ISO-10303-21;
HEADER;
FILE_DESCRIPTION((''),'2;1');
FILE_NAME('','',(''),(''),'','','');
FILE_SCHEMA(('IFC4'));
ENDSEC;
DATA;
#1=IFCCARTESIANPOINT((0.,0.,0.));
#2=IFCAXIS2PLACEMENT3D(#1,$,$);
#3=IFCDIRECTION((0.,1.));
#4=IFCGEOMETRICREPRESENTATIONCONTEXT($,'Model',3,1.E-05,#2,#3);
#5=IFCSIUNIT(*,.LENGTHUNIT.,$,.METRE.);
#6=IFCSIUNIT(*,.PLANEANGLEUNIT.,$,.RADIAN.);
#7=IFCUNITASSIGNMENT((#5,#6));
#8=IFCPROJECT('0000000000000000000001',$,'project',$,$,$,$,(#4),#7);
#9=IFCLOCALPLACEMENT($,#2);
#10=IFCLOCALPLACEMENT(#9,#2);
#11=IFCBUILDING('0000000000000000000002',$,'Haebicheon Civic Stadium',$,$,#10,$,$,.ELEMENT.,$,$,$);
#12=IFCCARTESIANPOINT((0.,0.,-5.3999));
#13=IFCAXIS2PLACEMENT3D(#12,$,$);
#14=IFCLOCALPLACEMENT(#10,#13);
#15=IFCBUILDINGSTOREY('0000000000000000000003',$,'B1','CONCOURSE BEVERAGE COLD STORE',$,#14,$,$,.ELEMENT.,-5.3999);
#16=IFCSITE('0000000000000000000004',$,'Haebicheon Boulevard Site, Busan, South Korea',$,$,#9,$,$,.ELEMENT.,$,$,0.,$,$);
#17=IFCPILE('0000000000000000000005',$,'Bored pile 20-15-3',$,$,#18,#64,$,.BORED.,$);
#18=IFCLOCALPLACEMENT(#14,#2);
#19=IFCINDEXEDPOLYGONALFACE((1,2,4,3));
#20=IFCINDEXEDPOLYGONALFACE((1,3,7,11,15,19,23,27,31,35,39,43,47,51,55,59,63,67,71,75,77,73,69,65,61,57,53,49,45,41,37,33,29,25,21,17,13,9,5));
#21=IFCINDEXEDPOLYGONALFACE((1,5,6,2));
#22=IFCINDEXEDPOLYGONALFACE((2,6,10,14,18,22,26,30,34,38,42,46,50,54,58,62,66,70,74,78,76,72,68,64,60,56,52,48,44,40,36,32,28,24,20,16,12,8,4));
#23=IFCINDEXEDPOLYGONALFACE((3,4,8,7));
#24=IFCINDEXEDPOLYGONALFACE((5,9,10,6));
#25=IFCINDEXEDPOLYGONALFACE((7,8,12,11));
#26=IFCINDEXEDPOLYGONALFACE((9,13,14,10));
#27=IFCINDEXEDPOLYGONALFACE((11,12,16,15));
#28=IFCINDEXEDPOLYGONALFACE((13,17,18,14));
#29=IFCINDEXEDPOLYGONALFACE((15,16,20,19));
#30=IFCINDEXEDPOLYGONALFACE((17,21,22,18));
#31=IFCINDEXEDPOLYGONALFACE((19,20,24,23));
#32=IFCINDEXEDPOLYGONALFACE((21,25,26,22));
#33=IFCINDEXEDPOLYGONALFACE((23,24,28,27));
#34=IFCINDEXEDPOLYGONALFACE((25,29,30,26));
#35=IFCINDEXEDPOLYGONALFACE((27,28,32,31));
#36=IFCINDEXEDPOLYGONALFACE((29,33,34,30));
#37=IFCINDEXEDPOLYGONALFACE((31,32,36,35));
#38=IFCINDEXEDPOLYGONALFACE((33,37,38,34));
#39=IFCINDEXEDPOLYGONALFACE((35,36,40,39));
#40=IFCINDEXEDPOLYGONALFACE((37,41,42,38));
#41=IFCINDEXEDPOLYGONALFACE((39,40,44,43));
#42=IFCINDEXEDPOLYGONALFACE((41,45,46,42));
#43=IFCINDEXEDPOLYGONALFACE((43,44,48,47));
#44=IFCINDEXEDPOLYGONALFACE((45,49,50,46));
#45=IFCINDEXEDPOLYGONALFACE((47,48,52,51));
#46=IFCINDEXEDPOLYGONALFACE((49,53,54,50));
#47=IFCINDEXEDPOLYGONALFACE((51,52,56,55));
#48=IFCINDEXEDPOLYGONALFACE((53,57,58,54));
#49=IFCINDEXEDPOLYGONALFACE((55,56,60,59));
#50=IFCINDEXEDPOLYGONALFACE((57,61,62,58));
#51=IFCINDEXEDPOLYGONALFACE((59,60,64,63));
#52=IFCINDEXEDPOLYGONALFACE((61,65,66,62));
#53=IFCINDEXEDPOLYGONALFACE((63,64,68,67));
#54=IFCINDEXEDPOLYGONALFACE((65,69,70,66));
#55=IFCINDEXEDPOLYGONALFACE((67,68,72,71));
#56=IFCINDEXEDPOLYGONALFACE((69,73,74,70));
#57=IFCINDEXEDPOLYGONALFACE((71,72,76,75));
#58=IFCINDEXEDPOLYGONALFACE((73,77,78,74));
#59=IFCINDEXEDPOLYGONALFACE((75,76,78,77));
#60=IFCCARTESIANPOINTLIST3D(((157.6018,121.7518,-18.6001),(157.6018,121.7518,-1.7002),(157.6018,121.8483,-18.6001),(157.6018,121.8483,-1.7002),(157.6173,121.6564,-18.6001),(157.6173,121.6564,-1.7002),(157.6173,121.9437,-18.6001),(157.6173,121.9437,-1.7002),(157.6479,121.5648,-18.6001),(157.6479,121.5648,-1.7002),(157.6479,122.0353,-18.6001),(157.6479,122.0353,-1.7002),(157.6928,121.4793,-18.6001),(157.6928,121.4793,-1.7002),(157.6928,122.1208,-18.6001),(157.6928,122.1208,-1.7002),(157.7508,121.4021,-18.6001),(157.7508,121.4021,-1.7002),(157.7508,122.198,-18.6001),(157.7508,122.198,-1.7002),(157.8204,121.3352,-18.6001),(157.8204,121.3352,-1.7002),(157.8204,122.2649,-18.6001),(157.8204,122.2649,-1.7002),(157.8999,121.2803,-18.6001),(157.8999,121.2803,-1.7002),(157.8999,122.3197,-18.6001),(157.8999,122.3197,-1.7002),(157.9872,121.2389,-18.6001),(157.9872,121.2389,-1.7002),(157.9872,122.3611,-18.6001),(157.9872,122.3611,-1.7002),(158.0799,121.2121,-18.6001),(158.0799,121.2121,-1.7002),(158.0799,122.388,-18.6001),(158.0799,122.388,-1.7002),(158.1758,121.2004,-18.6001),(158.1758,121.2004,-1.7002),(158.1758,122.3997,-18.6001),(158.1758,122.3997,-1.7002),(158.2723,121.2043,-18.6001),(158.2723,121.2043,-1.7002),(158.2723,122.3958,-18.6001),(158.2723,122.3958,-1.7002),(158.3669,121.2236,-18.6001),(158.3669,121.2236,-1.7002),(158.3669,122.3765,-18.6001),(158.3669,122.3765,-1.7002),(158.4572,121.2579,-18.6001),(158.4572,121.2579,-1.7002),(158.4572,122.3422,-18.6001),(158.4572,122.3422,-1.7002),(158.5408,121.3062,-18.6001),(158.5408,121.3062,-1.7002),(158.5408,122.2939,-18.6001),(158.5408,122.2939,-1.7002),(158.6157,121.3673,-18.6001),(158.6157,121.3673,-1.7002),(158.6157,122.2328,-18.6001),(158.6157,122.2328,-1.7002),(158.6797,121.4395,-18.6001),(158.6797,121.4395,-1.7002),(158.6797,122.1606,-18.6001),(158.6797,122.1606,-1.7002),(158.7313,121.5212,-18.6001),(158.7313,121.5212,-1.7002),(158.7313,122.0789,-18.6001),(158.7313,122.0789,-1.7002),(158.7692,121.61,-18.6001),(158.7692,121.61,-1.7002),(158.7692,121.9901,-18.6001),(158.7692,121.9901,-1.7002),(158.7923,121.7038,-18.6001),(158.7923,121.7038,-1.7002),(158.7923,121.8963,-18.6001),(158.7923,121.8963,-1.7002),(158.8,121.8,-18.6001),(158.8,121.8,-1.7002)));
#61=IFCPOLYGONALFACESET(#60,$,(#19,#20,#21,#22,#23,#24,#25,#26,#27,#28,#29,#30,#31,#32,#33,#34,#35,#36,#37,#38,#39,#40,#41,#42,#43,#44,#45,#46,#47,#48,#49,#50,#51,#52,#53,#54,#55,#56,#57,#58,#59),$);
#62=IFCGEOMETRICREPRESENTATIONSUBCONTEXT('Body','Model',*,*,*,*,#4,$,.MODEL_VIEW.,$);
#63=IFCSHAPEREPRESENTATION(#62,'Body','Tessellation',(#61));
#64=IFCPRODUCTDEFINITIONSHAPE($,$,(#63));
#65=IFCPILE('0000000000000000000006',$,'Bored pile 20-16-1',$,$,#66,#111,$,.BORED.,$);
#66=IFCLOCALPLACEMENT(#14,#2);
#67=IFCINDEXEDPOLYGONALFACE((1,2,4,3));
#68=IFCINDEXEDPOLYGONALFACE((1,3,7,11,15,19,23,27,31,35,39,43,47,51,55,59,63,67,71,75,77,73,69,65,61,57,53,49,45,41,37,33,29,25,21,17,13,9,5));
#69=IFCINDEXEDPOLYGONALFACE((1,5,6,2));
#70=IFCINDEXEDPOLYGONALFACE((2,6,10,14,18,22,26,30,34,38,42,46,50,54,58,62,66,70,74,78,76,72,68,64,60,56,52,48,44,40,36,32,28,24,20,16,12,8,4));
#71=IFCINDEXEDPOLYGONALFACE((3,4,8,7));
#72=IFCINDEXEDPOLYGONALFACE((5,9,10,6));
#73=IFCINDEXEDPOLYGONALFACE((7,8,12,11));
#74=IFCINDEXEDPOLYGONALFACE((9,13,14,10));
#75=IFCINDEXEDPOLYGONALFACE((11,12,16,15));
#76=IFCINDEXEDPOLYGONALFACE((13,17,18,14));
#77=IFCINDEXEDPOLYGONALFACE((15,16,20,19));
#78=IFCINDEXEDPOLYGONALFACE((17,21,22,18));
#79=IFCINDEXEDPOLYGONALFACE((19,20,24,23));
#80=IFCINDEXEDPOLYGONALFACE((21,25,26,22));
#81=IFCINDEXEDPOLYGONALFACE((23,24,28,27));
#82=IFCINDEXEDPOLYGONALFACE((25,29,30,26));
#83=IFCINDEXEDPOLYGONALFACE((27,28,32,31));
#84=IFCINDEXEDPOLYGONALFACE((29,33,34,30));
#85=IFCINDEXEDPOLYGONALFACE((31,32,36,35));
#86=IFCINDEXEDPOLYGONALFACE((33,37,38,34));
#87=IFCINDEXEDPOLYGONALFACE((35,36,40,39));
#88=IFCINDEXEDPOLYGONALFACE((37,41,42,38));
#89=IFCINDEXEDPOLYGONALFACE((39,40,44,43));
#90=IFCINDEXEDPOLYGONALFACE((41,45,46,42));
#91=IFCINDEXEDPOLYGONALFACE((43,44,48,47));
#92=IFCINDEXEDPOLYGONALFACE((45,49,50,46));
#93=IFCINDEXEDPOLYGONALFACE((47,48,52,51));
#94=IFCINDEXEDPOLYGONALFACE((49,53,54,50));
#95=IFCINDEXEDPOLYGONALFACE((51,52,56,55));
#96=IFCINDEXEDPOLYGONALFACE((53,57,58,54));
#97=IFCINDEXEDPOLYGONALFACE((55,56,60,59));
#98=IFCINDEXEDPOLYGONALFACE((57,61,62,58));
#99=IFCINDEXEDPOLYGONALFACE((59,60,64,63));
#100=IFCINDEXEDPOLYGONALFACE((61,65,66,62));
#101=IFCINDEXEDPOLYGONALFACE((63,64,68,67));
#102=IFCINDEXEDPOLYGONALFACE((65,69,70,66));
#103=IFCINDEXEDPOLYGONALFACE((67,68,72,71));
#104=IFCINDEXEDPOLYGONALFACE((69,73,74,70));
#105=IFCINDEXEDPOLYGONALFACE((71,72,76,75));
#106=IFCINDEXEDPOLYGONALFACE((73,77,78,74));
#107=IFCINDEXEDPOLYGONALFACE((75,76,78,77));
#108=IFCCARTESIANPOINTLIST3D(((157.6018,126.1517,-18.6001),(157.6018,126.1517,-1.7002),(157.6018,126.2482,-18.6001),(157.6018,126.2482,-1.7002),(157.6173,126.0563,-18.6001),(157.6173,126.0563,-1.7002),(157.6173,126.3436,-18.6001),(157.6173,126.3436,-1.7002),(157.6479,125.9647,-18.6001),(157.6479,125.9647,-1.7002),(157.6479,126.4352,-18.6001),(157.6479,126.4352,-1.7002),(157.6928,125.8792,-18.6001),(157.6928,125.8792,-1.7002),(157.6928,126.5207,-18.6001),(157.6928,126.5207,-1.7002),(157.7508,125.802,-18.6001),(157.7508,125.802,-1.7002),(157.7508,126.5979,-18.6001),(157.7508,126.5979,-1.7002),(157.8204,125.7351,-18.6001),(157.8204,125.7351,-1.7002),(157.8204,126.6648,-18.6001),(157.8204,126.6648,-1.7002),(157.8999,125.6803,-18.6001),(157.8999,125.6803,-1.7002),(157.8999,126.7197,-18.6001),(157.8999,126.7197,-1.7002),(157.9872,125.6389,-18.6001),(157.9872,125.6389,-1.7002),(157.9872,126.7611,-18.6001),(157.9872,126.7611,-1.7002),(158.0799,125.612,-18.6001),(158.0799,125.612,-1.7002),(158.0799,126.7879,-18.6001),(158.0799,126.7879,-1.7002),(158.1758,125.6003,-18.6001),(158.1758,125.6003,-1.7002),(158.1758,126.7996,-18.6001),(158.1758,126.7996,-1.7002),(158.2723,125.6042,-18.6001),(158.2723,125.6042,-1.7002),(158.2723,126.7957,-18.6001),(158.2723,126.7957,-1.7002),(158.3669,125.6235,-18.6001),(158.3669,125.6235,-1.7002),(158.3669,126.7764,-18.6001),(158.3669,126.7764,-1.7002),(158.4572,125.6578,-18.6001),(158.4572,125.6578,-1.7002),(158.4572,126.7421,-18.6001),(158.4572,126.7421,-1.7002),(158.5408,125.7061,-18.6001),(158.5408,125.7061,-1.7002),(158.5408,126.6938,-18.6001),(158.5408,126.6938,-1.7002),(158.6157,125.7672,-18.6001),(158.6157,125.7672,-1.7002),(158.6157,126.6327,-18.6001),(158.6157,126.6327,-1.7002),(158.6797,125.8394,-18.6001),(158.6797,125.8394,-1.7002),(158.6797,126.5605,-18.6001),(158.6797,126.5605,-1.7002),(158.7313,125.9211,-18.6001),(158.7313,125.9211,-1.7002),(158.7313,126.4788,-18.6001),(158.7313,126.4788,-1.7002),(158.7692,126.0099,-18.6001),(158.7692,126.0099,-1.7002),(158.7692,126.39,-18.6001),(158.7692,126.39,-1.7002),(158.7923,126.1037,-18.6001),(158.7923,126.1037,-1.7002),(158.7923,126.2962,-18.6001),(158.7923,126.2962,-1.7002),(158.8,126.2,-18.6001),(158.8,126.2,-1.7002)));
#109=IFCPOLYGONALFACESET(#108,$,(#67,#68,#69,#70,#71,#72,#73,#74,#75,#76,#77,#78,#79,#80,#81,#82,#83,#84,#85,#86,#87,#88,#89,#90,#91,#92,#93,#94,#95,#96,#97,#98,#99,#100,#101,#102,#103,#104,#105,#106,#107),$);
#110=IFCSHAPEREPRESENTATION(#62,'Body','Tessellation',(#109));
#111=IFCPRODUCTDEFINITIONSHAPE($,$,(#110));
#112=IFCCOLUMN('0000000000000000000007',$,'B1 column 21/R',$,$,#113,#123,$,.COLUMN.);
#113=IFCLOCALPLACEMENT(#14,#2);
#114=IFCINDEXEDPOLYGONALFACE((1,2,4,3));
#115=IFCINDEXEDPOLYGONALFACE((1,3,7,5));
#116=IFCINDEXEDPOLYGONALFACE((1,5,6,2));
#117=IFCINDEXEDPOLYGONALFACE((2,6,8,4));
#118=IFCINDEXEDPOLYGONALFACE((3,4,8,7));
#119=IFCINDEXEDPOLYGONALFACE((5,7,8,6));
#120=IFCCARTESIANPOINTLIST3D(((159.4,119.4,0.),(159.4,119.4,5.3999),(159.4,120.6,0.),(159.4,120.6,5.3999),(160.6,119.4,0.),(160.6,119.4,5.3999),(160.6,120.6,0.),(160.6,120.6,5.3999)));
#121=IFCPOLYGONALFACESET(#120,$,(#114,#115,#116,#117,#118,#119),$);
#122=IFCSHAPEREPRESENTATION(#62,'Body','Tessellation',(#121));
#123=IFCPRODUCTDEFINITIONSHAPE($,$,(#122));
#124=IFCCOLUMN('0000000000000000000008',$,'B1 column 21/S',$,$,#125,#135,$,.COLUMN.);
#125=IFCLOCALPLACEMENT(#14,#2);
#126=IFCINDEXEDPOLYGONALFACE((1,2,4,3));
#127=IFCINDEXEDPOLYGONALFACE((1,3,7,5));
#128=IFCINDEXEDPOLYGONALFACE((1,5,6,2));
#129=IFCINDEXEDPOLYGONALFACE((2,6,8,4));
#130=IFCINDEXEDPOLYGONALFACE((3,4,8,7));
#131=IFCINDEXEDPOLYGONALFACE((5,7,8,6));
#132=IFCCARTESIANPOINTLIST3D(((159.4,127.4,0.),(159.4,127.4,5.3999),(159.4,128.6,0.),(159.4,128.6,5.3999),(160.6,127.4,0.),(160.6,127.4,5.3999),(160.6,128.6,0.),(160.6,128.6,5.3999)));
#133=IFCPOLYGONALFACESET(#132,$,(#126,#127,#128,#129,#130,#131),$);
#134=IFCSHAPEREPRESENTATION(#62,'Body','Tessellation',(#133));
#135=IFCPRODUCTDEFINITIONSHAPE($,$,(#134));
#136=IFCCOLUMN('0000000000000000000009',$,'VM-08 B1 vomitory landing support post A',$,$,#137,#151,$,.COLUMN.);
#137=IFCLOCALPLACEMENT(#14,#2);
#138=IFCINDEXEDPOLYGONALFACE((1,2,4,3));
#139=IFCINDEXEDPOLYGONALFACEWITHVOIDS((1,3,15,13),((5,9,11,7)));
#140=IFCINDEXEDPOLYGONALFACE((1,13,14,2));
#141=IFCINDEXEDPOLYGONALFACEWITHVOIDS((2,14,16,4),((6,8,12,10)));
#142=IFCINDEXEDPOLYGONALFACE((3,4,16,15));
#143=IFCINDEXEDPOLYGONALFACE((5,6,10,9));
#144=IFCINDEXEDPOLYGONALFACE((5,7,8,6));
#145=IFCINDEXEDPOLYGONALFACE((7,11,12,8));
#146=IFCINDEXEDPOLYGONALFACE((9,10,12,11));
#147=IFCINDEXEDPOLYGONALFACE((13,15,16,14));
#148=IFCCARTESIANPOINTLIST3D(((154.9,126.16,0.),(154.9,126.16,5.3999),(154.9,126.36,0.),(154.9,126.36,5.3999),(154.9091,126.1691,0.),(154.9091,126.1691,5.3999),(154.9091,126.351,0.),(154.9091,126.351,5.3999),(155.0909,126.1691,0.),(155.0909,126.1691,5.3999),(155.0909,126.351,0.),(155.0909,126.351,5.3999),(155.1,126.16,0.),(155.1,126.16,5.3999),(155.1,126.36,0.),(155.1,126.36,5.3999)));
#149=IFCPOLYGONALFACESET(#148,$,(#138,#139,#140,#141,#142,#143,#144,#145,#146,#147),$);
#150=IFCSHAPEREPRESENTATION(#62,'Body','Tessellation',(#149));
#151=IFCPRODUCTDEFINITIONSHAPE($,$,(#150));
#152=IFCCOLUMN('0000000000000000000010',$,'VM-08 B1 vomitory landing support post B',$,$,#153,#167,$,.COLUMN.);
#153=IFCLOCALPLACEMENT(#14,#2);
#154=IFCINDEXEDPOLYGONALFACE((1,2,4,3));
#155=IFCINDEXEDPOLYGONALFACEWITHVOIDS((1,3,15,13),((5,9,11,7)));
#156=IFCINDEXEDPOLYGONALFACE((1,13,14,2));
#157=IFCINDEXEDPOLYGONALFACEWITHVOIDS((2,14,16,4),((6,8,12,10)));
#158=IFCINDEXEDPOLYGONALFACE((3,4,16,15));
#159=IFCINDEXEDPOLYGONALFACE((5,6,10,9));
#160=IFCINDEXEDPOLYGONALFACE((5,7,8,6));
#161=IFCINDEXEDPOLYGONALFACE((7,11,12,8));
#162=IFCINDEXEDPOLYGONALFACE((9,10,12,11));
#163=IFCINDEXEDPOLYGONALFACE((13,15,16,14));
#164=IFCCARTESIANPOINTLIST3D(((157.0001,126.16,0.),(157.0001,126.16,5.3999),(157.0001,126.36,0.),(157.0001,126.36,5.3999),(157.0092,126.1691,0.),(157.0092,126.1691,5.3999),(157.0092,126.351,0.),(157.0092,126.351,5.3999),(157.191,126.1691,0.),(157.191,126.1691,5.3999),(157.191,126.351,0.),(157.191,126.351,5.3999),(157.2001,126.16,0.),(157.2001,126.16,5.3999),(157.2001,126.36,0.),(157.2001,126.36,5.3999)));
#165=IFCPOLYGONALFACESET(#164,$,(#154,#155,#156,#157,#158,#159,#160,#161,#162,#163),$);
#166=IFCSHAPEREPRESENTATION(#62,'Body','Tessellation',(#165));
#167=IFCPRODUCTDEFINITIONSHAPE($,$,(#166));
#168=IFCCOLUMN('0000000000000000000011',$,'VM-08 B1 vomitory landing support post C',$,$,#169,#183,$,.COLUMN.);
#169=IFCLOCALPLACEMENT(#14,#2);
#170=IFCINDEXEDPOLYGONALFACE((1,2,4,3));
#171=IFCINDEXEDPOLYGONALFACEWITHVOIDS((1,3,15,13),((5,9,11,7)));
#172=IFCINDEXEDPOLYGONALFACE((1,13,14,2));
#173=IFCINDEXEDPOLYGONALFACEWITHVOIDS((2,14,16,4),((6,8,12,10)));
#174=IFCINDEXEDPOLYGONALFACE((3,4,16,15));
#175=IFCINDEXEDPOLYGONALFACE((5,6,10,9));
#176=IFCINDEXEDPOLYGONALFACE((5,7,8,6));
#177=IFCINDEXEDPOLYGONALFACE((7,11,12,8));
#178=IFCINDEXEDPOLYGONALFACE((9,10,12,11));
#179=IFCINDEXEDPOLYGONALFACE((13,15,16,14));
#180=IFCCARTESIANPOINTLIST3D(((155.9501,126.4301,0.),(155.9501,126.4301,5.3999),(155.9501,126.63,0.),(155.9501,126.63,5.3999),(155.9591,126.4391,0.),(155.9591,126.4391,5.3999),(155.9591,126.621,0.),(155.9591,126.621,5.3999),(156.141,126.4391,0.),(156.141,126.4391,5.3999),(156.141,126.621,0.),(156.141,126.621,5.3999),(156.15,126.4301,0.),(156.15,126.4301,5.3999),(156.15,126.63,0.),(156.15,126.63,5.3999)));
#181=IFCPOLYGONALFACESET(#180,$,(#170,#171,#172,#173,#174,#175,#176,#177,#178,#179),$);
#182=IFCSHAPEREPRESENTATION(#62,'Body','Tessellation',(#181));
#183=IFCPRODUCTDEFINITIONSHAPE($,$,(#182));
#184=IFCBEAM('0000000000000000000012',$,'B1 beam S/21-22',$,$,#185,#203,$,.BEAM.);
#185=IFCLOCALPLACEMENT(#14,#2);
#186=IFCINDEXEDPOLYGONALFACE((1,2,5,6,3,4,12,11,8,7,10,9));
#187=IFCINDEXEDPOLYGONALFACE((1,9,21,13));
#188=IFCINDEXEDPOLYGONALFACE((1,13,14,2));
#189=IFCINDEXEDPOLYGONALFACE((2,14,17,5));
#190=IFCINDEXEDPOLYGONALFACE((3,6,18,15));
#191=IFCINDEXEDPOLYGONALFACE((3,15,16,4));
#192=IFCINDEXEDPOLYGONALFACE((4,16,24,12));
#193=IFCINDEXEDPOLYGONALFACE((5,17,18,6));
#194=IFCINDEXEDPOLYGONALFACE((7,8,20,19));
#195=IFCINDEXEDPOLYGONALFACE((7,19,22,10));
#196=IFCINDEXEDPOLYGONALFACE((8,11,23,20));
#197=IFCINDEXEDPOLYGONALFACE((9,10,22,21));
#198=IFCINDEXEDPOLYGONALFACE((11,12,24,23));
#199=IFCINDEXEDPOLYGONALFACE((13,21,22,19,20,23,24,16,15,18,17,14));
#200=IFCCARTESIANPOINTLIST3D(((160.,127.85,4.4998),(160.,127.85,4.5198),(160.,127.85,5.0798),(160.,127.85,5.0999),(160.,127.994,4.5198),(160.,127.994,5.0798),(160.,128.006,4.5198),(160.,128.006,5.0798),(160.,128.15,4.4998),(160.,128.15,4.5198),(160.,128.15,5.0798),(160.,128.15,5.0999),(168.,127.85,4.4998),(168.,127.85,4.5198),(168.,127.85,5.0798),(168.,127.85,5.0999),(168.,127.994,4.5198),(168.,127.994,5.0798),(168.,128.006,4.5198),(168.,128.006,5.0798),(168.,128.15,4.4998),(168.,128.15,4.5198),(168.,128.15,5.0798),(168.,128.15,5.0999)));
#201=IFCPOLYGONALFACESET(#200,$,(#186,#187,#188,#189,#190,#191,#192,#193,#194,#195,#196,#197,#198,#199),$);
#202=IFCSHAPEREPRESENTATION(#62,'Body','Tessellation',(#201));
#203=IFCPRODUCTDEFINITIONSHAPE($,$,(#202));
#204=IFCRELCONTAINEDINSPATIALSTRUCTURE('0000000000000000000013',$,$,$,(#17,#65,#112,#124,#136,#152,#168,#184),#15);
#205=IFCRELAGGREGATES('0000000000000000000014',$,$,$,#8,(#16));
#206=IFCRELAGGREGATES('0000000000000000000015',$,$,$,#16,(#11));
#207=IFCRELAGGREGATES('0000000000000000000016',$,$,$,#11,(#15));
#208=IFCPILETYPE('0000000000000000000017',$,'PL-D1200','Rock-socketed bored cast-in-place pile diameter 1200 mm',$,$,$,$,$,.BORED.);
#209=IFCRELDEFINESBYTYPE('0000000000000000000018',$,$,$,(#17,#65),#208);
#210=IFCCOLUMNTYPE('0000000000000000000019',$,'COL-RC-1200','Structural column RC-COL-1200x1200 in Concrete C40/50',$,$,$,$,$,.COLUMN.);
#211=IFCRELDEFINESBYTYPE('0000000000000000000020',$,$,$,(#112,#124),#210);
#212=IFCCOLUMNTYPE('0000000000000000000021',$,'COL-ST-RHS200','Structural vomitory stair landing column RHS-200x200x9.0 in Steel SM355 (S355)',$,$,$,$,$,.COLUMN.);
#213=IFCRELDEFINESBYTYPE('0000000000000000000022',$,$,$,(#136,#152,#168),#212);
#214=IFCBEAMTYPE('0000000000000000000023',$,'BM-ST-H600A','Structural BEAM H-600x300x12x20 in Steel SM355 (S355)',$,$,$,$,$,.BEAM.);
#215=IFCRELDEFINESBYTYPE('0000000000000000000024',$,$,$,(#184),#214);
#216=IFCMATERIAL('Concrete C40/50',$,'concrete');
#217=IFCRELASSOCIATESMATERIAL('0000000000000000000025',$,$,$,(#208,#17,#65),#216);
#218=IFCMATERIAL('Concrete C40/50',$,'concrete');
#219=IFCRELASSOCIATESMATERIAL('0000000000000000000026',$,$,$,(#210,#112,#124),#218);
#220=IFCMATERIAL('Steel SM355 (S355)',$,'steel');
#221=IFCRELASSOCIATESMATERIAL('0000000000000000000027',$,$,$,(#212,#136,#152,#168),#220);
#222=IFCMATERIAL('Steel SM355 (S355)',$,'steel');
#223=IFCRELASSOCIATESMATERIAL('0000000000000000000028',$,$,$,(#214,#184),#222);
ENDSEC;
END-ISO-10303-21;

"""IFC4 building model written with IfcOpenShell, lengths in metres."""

from ifc_helpers import new_model, si_unit, direction, frame, origin, origin_2d, place, context, subcontext, project, spatial, rectangle, hollow_rectangle, circle, i_section, extrude, material, material_profile, profile_set, type_object, element, save


model = new_model("IFC4")

# Units and contexts
model_context = context("Model", 3, precision=1e-05, world=origin(), true_north=direction((0.0, 1.0)))
body_context = subcontext(model_context, "Body", "Model", "MODEL_VIEW")
ifc_project = project(units=[si_unit("LENGTHUNIT", "METRE"), si_unit("PLANEANGLEUNIT", "RADIAN")], contexts=[model_context])

# Site, building, storey
site_placement = place(None, origin())
site = spatial("IfcSite", under=ifc_project, at=site_placement, Name="Haebicheon Boulevard Site, Busan, South Korea", CompositionType="ELEMENT", RefElevation=0.0)
building_placement = place(site_placement, origin())
building = spatial("IfcBuilding", under=site, at=building_placement, Name="Haebicheon Civic Stadium", CompositionType="ELEMENT")
storey_placement = place(building_placement, frame((0.0, 0.0, -5.3999)))
storey = spatial("IfcBuildingStorey", under=building, at=storey_placement, Name="B1", Description="CONCOURSE BEVERAGE COLD STORE", CompositionType="ELEMENT", Elevation=-5.3999)

# Piles
ifc_material_1 = material(Name="Concrete C40/50", Category="concrete")
ifc_material_profile_1 = material_profile(ifc_material_1, circle(Radius=0.6001, at=origin_2d()), Name="PILE-D1200")
ifc_profile_set_1 = profile_set([ifc_material_profile_1], Name="Concrete C40/50")
pile_type = type_object("IfcPileType", Name="PL-D1200", Description="Rock-socketed bored cast-in-place pile diameter 1200 mm", PredefinedType="BORED", material=ifc_profile_set_1)
for number, where, z_axis, x_axis, name in (
    (1, (158.2, 121.8, -1.7002), (0.0, 0.0, -1.0), (1.0, 0.0, 0.0), "Bored pile 20-15-3"),
    (2, (158.2, 126.2, -1.7002), (0.0, 0.0, -1.0), (1.0, 0.0, 0.0), "Bored pile 20-16-1"),
):
    element("IfcPile", number, at=place(storey_placement, frame(where, z_axis=z_axis, x_axis=x_axis)), inside=storey, type_object=pile_type, material=ifc_profile_set_1, Name=name, PredefinedType="BORED", context=body_context, shape_type="SweptSolid", body=[
        extrude(circle(Radius=0.6001, at=origin_2d()), origin(), (0.0, 0.0, 1.0), 16.8999),
    ])

# Columns
ifc_material_2 = material(Name="Concrete C40/50", Category="concrete")
ifc_material_profile_2 = material_profile(ifc_material_2, rectangle(XDim=1.2, YDim=1.2, at=origin_2d()), Name="RC-COL-1200x1200")
ifc_profile_set_2 = profile_set([ifc_material_profile_2], Name="Concrete C40/50")
column_type_1 = type_object("IfcColumnType", Name="COL-RC-1200", Description="Structural column RC-COL-1200x1200 in Concrete C40/50", PredefinedType="COLUMN", material=ifc_profile_set_2)
for number, where, z_axis, x_axis, name in (
    (3, (160.0, 120.0, 0.0), (0.0, 0.0, 1.0), (1.0, 0.0, 0.0), "B1 column 21/R"),
    (4, (160.0, 128.0, 0.0), (0.0, 0.0, 1.0), (1.0, 0.0, 0.0), "B1 column 21/S"),
):
    element("IfcColumn", number, at=place(storey_placement, frame(where, z_axis=z_axis, x_axis=x_axis)), inside=storey, type_object=column_type_1, material=ifc_profile_set_2, Name=name, PredefinedType="COLUMN", context=body_context, shape_type="SweptSolid", body=[
        extrude(rectangle(XDim=1.2, YDim=1.2, at=origin_2d()), origin(), (0.0, 0.0, 1.0), 5.3999),
    ])
ifc_material_3 = material(Name="Steel SM355 (S355)", Category="steel")
ifc_material_profile_3 = material_profile(ifc_material_3, hollow_rectangle(XDim=0.2, YDim=0.2, WallThickness=0.009, at=origin_2d()), Name="RHS-200x200x9.0")
ifc_profile_set_3 = profile_set([ifc_material_profile_3], Name="Steel SM355 (S355)")
column_type_2 = type_object("IfcColumnType", Name="COL-ST-RHS200", Description="Structural vomitory stair landing column RHS-200x200x9.0 in Steel SM355 (S355)", PredefinedType="COLUMN", material=ifc_profile_set_3)
for number, where, z_axis, x_axis, name in (
    (5, (155.0, 126.26, 0.0), (0.0, 0.0, 1.0), (1.0, 0.0, 0.0), "VM-08 B1 vomitory landing support post A"),
    (6, (157.1001, 126.26, 0.0), (0.0, 0.0, 1.0), (1.0, 0.0, 0.0), "VM-08 B1 vomitory landing support post B"),
    (7, (156.05, 126.53, 0.0), (0.0, 0.0, 1.0), (1.0, 0.0, 0.0), "VM-08 B1 vomitory landing support post C"),
):
    element("IfcColumn", number, at=place(storey_placement, frame(where, z_axis=z_axis, x_axis=x_axis)), inside=storey, type_object=column_type_2, material=ifc_profile_set_3, Name=name, PredefinedType="COLUMN", context=body_context, shape_type="SweptSolid", body=[
        extrude(hollow_rectangle(XDim=0.2, YDim=0.2, WallThickness=0.009, at=origin_2d()), origin(), (0.0, 0.0, 1.0), 5.3999),
    ])

# Beam
ifc_material_4 = material(Name="Steel SM355 (S355)", Category="steel")
ifc_material_profile_4 = material_profile(ifc_material_4, i_section(OverallWidth=0.3, OverallDepth=0.6001, WebThickness=0.012, FlangeThickness=0.02, at=origin_2d()), Name="H-600x300x12x20")
ifc_profile_set_4 = profile_set([ifc_material_profile_4], Name="Steel SM355 (S355)")
beam_type_1 = type_object("IfcBeamType", Name="BM-ST-H600A", Description="Structural BEAM H-600x300x12x20 in Steel SM355 (S355)", PredefinedType="BEAM", material=ifc_profile_set_4)
beam_1_placement = place(storey_placement, frame((160.0, 128.0, 4.7998), z_axis=(1.0, 0.0, 0.0), x_axis=(0.0, 1.0, 0.0)))
element("IfcBeam", 8, at=beam_1_placement, inside=storey, type_object=beam_type_1, material=ifc_profile_set_4, Name="B1 beam S/21-22", PredefinedType="BEAM", context=body_context, shape_type="SweptSolid", body=[
    extrude(i_section(OverallWidth=0.3, OverallDepth=0.6001, WebThickness=0.012, FlangeThickness=0.02, at=origin_2d()), origin(), (0.0, 0.0, 1.0), 8.0),
])

save(model, "model.ifc")
